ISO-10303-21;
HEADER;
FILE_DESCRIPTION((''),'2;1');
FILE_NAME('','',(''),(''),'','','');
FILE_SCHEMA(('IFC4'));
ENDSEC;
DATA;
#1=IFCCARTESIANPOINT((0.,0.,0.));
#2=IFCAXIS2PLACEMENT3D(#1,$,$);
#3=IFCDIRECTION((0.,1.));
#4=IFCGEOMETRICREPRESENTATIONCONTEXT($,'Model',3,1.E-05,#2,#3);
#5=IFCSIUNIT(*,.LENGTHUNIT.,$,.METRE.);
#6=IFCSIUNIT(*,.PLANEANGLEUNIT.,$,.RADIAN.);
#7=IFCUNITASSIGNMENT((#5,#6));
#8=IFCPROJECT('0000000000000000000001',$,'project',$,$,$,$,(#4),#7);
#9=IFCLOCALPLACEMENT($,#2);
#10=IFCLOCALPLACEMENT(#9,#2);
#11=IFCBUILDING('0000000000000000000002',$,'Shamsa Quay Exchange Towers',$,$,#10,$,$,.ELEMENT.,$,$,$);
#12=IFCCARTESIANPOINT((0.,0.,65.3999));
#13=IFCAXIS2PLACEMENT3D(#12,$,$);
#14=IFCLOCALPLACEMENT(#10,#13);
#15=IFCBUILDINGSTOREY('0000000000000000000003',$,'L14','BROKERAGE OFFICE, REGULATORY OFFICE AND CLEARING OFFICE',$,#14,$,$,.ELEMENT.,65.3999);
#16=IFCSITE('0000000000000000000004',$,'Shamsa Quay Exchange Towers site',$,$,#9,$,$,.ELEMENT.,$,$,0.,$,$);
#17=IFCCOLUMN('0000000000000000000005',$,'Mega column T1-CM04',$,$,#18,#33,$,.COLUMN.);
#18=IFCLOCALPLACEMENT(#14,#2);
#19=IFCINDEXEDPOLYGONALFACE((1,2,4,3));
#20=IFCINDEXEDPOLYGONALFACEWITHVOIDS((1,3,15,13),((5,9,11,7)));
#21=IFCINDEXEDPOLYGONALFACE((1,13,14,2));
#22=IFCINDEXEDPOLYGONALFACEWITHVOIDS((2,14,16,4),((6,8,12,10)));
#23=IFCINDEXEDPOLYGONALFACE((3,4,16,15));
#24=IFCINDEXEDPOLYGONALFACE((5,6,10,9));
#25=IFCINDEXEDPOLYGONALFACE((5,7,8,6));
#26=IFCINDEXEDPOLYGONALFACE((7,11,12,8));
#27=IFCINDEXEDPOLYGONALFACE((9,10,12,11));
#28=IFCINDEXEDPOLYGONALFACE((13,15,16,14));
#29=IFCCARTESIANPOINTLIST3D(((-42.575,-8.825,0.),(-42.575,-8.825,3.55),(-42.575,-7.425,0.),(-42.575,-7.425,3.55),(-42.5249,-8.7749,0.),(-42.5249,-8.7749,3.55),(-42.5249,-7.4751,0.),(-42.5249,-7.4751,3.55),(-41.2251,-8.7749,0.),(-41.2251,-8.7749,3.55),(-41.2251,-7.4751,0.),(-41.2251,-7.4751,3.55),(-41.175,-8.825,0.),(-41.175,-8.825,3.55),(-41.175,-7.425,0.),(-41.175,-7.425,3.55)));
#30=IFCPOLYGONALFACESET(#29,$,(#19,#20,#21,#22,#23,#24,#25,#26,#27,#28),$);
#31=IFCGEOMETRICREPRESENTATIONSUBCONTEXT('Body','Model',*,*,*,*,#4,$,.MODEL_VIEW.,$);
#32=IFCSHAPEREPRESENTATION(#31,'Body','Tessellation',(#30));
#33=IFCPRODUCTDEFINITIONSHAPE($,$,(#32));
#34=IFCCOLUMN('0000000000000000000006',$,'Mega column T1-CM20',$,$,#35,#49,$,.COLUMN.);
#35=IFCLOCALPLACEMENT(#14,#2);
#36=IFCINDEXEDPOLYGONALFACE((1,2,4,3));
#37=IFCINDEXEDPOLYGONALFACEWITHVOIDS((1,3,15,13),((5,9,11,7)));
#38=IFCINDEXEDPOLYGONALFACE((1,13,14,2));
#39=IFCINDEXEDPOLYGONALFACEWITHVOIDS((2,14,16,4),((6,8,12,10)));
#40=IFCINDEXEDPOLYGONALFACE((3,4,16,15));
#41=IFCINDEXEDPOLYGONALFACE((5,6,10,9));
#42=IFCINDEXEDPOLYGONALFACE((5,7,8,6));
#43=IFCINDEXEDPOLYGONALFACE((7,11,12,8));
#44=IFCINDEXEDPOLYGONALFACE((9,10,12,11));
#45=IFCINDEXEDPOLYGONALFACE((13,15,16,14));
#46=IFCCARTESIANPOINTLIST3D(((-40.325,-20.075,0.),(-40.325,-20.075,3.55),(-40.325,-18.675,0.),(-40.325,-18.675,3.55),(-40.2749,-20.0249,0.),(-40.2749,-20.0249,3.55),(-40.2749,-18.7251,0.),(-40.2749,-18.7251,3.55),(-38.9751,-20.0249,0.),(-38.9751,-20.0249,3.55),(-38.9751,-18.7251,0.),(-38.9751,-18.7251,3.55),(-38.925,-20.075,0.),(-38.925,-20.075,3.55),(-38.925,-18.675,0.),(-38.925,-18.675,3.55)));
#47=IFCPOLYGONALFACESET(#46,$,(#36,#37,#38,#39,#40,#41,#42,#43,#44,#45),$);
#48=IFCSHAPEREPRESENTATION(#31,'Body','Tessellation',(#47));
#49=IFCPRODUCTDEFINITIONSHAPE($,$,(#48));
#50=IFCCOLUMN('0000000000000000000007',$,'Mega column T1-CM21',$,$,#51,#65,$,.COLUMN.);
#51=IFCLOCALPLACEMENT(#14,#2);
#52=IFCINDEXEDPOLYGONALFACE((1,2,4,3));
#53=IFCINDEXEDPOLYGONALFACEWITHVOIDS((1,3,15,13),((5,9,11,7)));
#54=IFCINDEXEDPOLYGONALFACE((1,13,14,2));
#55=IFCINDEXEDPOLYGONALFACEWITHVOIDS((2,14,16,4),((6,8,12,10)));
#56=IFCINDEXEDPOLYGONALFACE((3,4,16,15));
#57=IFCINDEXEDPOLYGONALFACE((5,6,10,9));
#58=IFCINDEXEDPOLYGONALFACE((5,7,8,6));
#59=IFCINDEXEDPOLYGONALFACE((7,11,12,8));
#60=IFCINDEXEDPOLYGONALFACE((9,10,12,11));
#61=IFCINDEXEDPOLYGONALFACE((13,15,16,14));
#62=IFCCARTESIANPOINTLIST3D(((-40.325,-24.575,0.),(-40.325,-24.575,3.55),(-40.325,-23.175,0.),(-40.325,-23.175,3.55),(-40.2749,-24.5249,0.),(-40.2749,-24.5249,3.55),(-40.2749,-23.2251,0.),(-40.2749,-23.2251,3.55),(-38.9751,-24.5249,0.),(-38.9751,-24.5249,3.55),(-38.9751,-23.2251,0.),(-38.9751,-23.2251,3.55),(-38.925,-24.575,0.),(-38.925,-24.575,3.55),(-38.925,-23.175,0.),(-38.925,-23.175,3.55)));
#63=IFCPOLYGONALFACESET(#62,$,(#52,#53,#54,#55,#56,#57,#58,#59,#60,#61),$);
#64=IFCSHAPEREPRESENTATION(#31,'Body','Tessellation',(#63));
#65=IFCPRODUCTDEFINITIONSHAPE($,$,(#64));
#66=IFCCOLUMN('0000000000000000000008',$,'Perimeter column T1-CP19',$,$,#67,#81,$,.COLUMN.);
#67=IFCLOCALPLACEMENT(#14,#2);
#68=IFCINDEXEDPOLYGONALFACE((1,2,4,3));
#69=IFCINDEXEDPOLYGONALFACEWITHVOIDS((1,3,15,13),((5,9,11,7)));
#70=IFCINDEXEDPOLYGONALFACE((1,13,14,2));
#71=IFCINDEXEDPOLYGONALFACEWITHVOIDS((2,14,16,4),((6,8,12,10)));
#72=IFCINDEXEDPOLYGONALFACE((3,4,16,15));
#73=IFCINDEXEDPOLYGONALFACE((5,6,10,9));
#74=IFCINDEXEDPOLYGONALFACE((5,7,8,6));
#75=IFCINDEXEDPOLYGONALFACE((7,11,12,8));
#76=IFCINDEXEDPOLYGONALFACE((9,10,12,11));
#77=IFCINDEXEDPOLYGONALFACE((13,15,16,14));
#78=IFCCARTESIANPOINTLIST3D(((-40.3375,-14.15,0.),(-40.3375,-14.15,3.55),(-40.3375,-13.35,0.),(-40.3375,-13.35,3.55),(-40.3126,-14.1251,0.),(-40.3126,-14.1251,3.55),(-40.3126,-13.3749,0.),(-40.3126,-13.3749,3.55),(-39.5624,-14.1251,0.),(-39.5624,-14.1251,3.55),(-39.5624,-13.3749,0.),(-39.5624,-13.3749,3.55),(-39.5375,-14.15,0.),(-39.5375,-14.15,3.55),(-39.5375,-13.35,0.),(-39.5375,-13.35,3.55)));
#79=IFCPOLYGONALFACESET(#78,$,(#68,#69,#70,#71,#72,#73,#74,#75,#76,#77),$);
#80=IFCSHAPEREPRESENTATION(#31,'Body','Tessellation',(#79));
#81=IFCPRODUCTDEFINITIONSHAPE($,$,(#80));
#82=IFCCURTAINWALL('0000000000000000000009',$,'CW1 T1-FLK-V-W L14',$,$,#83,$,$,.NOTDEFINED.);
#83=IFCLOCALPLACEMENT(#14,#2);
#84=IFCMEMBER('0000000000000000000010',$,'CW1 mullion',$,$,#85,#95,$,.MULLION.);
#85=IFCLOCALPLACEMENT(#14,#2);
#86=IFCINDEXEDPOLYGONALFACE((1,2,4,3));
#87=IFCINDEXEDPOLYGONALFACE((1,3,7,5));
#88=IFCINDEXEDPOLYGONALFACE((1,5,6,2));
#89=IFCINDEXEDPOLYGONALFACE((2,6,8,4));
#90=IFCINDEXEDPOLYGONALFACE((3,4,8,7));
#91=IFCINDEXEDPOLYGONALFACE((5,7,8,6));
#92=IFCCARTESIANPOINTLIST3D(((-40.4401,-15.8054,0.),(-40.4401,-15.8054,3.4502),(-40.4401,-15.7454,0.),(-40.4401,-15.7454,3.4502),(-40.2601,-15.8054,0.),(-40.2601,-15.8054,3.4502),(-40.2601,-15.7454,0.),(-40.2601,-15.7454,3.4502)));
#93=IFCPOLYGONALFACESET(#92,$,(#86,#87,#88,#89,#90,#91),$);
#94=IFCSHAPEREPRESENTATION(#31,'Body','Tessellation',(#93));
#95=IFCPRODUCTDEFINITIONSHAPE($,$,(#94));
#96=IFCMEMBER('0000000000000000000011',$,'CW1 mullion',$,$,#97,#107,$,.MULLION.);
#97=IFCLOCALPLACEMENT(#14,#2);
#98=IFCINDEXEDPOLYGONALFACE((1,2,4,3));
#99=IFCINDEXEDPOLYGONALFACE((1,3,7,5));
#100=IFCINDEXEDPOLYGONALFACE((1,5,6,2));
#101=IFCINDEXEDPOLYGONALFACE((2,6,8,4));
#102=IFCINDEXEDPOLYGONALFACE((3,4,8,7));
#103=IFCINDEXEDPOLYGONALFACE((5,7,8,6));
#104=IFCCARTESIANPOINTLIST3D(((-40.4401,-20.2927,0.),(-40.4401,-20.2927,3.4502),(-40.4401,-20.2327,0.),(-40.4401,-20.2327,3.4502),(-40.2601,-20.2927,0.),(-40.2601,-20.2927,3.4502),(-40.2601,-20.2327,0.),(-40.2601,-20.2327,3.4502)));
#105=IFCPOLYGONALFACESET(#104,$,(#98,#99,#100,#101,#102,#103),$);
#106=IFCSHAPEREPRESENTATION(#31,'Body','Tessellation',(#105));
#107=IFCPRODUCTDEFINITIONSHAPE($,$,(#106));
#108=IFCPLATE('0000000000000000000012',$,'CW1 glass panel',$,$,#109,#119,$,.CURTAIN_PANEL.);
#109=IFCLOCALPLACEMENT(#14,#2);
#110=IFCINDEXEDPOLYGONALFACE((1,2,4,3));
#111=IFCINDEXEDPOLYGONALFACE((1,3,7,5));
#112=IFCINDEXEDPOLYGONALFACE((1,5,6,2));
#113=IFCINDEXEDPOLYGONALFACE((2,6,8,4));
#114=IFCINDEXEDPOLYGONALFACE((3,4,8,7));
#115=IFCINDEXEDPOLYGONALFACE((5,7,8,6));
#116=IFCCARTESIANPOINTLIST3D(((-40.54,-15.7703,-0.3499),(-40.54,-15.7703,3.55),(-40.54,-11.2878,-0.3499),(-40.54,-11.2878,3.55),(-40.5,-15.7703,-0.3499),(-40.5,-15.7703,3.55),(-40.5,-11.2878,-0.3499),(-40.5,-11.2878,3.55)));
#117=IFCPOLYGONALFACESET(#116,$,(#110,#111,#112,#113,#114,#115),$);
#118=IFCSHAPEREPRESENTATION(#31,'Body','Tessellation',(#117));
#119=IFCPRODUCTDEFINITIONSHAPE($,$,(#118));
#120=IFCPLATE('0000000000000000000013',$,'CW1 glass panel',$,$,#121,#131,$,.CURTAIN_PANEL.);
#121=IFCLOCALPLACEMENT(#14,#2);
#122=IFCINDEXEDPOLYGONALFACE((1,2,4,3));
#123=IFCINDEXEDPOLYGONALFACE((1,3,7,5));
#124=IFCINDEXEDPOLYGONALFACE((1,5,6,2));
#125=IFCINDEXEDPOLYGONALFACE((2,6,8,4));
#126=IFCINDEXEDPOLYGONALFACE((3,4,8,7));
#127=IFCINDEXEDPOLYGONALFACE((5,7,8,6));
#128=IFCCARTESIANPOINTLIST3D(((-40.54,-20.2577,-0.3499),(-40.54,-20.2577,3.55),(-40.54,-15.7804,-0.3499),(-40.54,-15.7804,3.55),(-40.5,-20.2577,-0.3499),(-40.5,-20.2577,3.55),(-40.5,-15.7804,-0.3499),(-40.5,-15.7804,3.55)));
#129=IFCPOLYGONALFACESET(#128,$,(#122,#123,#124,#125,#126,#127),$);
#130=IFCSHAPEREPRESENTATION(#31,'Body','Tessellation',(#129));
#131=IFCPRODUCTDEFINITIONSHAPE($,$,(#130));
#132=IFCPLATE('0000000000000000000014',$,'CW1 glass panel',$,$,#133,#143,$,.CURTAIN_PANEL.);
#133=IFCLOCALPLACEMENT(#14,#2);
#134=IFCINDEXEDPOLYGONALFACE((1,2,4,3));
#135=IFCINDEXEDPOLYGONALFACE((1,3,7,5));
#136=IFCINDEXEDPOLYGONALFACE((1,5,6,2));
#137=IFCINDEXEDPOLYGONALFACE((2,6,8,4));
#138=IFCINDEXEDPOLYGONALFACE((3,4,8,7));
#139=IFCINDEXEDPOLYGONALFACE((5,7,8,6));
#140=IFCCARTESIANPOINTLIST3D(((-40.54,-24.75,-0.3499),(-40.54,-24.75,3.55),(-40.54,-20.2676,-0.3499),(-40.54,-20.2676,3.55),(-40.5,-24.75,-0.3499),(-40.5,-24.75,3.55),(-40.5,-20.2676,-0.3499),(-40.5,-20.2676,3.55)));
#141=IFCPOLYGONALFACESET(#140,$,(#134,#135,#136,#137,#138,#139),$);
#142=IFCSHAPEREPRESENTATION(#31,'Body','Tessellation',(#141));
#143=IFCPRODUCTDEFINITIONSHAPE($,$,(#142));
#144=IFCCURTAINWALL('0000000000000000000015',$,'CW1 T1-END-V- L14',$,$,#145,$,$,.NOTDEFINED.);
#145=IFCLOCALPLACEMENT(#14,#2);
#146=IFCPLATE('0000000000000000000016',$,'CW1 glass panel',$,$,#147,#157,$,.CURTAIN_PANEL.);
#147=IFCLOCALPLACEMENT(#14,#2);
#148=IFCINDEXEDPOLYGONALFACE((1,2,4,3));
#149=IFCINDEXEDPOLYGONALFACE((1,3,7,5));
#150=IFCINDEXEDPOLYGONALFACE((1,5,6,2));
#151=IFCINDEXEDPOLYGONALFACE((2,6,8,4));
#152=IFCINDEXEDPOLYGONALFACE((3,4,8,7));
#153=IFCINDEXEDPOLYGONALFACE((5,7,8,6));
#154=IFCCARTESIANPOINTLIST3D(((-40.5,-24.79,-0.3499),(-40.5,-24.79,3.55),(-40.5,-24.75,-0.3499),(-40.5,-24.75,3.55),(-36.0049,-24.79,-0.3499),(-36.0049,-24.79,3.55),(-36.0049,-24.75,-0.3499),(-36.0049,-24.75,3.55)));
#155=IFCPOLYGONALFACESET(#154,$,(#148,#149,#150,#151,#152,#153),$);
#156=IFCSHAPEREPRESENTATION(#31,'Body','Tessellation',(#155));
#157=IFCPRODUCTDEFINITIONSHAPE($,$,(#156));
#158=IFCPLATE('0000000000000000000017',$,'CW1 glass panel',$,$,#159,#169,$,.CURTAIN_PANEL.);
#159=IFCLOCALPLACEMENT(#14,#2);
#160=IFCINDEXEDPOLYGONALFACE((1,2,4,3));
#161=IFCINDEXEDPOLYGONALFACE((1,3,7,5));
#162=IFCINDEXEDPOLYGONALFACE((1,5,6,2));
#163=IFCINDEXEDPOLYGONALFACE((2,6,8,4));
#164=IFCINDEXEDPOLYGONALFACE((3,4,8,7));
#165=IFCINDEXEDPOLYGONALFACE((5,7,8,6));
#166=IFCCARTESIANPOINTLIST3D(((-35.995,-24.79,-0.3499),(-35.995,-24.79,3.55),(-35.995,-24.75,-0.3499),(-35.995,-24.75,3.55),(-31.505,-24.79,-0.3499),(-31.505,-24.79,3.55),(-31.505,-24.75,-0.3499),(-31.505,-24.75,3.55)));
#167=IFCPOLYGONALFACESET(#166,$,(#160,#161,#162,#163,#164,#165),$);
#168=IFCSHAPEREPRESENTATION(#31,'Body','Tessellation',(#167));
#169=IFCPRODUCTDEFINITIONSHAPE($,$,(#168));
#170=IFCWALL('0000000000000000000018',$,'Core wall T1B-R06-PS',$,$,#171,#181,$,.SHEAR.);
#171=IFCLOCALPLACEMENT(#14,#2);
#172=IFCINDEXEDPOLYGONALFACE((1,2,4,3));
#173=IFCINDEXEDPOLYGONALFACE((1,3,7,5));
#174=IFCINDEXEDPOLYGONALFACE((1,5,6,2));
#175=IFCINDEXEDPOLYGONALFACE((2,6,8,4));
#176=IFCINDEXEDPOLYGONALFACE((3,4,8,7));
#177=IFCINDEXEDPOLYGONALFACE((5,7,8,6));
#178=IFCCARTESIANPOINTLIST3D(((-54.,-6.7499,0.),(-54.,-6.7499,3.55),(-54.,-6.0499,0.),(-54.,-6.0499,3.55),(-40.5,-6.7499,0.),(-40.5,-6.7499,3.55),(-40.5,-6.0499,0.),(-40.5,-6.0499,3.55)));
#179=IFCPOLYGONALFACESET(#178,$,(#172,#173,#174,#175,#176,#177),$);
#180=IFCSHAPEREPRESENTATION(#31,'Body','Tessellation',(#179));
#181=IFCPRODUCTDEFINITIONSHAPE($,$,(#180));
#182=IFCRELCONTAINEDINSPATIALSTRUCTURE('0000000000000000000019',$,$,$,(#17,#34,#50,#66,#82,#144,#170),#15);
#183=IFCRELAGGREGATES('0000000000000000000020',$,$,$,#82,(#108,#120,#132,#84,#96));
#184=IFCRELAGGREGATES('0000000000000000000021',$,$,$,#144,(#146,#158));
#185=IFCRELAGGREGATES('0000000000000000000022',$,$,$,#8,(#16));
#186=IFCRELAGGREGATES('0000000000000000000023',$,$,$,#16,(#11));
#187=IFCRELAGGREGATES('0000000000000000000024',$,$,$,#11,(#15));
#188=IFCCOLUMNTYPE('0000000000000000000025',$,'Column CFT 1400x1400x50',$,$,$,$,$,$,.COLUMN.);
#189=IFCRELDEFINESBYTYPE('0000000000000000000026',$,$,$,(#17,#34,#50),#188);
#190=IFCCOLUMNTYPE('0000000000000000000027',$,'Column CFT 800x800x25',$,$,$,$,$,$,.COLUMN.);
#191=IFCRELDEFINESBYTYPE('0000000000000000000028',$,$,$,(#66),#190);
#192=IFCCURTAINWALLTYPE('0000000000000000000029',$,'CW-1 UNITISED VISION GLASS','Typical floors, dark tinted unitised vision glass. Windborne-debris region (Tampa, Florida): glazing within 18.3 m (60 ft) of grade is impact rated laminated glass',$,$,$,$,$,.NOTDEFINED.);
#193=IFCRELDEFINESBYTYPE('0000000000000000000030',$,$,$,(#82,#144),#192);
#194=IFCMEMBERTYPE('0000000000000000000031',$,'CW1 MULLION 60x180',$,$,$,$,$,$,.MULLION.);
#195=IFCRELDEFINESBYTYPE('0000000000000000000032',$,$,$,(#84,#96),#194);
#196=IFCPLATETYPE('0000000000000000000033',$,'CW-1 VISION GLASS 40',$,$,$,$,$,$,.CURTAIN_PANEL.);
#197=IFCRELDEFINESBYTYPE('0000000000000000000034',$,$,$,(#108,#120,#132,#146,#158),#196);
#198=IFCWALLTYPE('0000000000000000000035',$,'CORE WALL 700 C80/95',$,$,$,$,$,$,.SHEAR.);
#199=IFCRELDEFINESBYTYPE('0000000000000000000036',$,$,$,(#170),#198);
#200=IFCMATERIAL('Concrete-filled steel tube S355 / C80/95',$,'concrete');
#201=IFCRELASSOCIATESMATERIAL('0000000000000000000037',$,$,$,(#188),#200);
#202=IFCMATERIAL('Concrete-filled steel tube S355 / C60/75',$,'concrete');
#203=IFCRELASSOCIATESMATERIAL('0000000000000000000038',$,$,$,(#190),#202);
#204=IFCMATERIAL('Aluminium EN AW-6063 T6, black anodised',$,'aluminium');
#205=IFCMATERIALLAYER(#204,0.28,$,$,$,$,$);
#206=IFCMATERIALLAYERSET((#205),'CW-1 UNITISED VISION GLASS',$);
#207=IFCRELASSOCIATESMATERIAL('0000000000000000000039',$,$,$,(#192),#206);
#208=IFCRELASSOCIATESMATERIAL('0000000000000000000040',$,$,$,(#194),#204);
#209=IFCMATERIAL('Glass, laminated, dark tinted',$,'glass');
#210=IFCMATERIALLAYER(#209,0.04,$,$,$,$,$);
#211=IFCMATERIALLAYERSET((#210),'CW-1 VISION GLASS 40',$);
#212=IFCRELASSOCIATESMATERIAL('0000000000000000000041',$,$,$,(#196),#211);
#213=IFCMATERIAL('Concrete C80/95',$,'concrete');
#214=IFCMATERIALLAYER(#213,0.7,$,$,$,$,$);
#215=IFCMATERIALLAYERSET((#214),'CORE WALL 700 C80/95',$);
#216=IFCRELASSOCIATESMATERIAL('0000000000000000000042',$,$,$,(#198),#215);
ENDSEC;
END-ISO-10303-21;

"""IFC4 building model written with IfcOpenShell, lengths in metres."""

from ifc_helpers import new_model, si_unit, direction, frame, frame_2d, origin, origin_2d, place, context, subcontext, project, spatial, rectangle, hollow_rectangle, extrude, material, layer, layer_set, material_profile, profile_set, type_object, element, aggregate, save


model = new_model("IFC4")

# Units and contexts
model_context = context("Model", 3, precision=1e-05, world=origin(), true_north=direction((0.0, 1.0)))
body_context = subcontext(model_context, "Body", "Model", "MODEL_VIEW")
ifc_project = project(units=[si_unit("LENGTHUNIT", "METRE"), si_unit("PLANEANGLEUNIT", "RADIAN")], contexts=[model_context])

# Site, building, storey
site_placement = place(None, origin())
site = spatial("IfcSite", under=ifc_project, at=site_placement, Name="Shamsa Quay Exchange Towers site", CompositionType="ELEMENT", RefElevation=0.0)
building_placement = place(site_placement, origin())
building = spatial("IfcBuilding", under=site, at=building_placement, Name="Shamsa Quay Exchange Towers", CompositionType="ELEMENT")
storey_placement = place(building_placement, frame((0.0, 0.0, 65.3999)))
storey = spatial("IfcBuildingStorey", under=building, at=storey_placement, Name="L14", Description="BROKERAGE OFFICE, REGULATORY OFFICE AND CLEARING OFFICE", CompositionType="ELEMENT", Elevation=65.3999)

# Columns
ifc_material_1 = material(Name="Concrete-filled steel tube S355 / C80/95", Category="concrete")
ifc_material_profile_1 = material_profile(ifc_material_1, hollow_rectangle(XDim=1.3999, YDim=1.3999, WallThickness=0.05, at=origin_2d()), Name="CFT 1400x1400x50")
ifc_profile_set_1 = profile_set([ifc_material_profile_1], Name="Concrete-filled steel tube S355 / C80/95")
column_type_1 = type_object("IfcColumnType", Name="Column CFT 1400x1400x50", PredefinedType="COLUMN", material=ifc_profile_set_1)
for number, where, name in (
    (1, (-41.875, -8.125, 0.0), "Mega column T1-CM04"),
    (2, (-39.625, -19.375, 0.0), "Mega column T1-CM20"),
    (3, (-39.625, -23.875, 0.0), "Mega column T1-CM21"),
):
    element("IfcColumn", number, at=place(storey_placement, frame(where)), inside=storey, type_object=column_type_1, Name=name, PredefinedType="COLUMN", context=body_context, shape_type="SweptSolid", body=[
        extrude(hollow_rectangle(XDim=1.3999, YDim=1.3999, WallThickness=0.05, at=origin_2d()), origin(), (0.0, 0.0, 1.0), 3.55),
    ])
ifc_material_2 = material(Name="Concrete-filled steel tube S355 / C60/75", Category="concrete")
ifc_material_profile_2 = material_profile(ifc_material_2, hollow_rectangle(XDim=0.8, YDim=0.8, WallThickness=0.0249, at=origin_2d()), Name="CFT 800x800x25")
ifc_profile_set_2 = profile_set([ifc_material_profile_2], Name="Concrete-filled steel tube S355 / C60/75")
column_type_2 = type_object("IfcColumnType", Name="Column CFT 800x800x25", PredefinedType="COLUMN", material=ifc_profile_set_2)
column_placement = place(storey_placement, frame((-39.9375, -13.75, 0.0)))
element("IfcColumn", 4, at=column_placement, inside=storey, type_object=column_type_2, Name="Perimeter column T1-CP19", PredefinedType="COLUMN", context=body_context, shape_type="SweptSolid", body=[
    extrude(hollow_rectangle(XDim=0.8, YDim=0.8, WallThickness=0.0249, at=origin_2d()), origin(), (0.0, 0.0, 1.0), 3.55),
])

# Curtain wall, members, plates
ifc_material_3 = material(Name="Aluminium EN AW-6063 T6, black anodised", Category="aluminium")
ifc_layer_1 = layer(ifc_material_3, 0.28)
ifc_layer_set_1 = layer_set([ifc_layer_1], Name="CW-1 UNITISED VISION GLASS")
curtain_wall_type = type_object("IfcCurtainWallType", Name="CW-1 UNITISED VISION GLASS", Description="Typical floors, dark tinted unitised vision glass. Windborne-debris region (Tampa, Florida): glazing within 18.3 m (60 ft) of grade is impact rated laminated glass", PredefinedType="NOTDEFINED", material=ifc_layer_set_1)
curtain_wall_1_placement = place(storey_placement, origin())
curtain_wall_1 = element("IfcCurtainWall", 5, at=curtain_wall_1_placement, inside=storey, type_object=curtain_wall_type, Name="CW1 T1-FLK-V-W L14", PredefinedType="NOTDEFINED")
ifc_material_profile_3 = material_profile(ifc_material_3, rectangle(XDim=0.1799, YDim=0.0601, at=origin_2d()), Name="MU60x180")
ifc_profile_set_3 = profile_set([ifc_material_profile_3], Name="Aluminium EN AW-6063 T6, black anodised")
member_type = type_object("IfcMemberType", Name="CW1 MULLION 60x180", PredefinedType="MULLION", material=ifc_profile_set_3)
member_1_placement = place(storey_placement, frame((-40.3501, -15.7754, 0.0)))
member_1 = element("IfcMember", 6, at=member_1_placement, type_object=member_type, Name="CW1 mullion", PredefinedType="MULLION", context=body_context, shape_type="SweptSolid", body=[
    extrude(rectangle(XDim=0.1799, YDim=0.0601, at=origin_2d()), origin(), (0.0, 0.0, 1.0), 3.4502),
])
member_2_placement = place(storey_placement, frame((-40.3501, -20.2627, 0.0)))
member_2 = element("IfcMember", 7, at=member_2_placement, type_object=member_type, Name="CW1 mullion", PredefinedType="MULLION", context=body_context, shape_type="SweptSolid", body=[
    extrude(rectangle(XDim=0.1799, YDim=0.0601, at=origin_2d()), origin(), (0.0, 0.0, 1.0), 3.4502),
])
ifc_material_4 = material(Name="Glass, laminated, dark tinted", Category="glass")
ifc_layer_2 = layer(ifc_material_4, 0.04)
ifc_layer_set_2 = layer_set([ifc_layer_2], Name="CW-1 VISION GLASS 40")
plate_type = type_object("IfcPlateType", Name="CW-1 VISION GLASS 40", PredefinedType="CURTAIN_PANEL", material=ifc_layer_set_2)
plate_1_placement = place(storey_placement, frame((-40.52, -13.5291, -0.3499), z_axis=(0.0, 0.0, 1.0), x_axis=(0.0, -1.0, 0.0)))
plate_1 = element("IfcPlate", 8, at=plate_1_placement, type_object=plate_type, Name="CW1 glass panel", PredefinedType="CURTAIN_PANEL", context=body_context, shape_type="SweptSolid", body=[
    extrude(rectangle(XDim=4.4824, YDim=0.04, at=origin_2d()), origin(), (0.0, 0.0, 1.0), 3.8999),
])
plate_2_placement = place(storey_placement, frame((-40.52, -18.019, -0.3499), z_axis=(0.0, 0.0, 1.0), x_axis=(0.0, -1.0, 0.0)))
plate_2 = element("IfcPlate", 9, at=plate_2_placement, type_object=plate_type, Name="CW1 glass panel", PredefinedType="CURTAIN_PANEL", context=body_context, shape_type="SweptSolid", body=[
    extrude(rectangle(XDim=4.4773, YDim=0.04, at=origin_2d()), origin(), (0.0, 0.0, 1.0), 3.8999),
])
plate_3_placement = place(storey_placement, frame((-40.52, -22.5088, -0.3499), z_axis=(0.0, 0.0, 1.0), x_axis=(0.0, -1.0, 0.0)))
plate_3 = element("IfcPlate", 10, at=plate_3_placement, type_object=plate_type, Name="CW1 glass panel", PredefinedType="CURTAIN_PANEL", context=body_context, shape_type="SweptSolid", body=[
    extrude(rectangle(XDim=4.4824, YDim=0.04, at=origin_2d()), origin(), (0.0, 0.0, 1.0), 3.8999),
])
aggregate(curtain_wall_1, [plate_1, plate_2, plate_3, member_1, member_2])

# Curtain wall, plates
curtain_wall_2_placement = place(storey_placement, origin())
curtain_wall_2 = element("IfcCurtainWall", 11, at=curtain_wall_2_placement, inside=storey, type_object=curtain_wall_type, Name="CW1 T1-END-V- L14", PredefinedType="NOTDEFINED")
plate_4_placement = place(storey_placement, frame((-38.2524, -24.77, -0.3499)))
plate_4 = element("IfcPlate", 12, at=plate_4_placement, type_object=plate_type, Name="CW1 glass panel", PredefinedType="CURTAIN_PANEL", context=body_context, shape_type="SweptSolid", body=[
    extrude(rectangle(XDim=4.4951, YDim=0.04, at=origin_2d()), origin(), (0.0, 0.0, 1.0), 3.8999),
])
plate_5_placement = place(storey_placement, frame((-33.75, -24.77, -0.3499)))
plate_5 = element("IfcPlate", 13, at=plate_5_placement, type_object=plate_type, Name="CW1 glass panel", PredefinedType="CURTAIN_PANEL", context=body_context, shape_type="SweptSolid", body=[
    extrude(rectangle(XDim=4.49, YDim=0.04, at=origin_2d()), origin(), (0.0, 0.0, 1.0), 3.8999),
])
aggregate(curtain_wall_2, [plate_4, plate_5])

# Wall
ifc_material_5 = material(Name="Concrete C80/95", Category="concrete")
ifc_layer_3 = layer(ifc_material_5, 0.7)
ifc_layer_set_3 = layer_set([ifc_layer_3], Name="CORE WALL 700 C80/95")
wall_type_1 = type_object("IfcWallType", Name="CORE WALL 700 C80/95", PredefinedType="SHEAR", material=ifc_layer_set_3)
wall_1_placement = place(storey_placement, frame((-40.5, -6.3999, 0.0), z_axis=(0.0, 0.0, 1.0), x_axis=(-1.0, 0.0, 0.0)))
element("IfcWall", 14, at=wall_1_placement, inside=storey, type_object=wall_type_1, Name="Core wall T1B-R06-PS", PredefinedType="SHEAR", context=body_context, shape_type="SweptSolid", body=[
    extrude(rectangle(XDim=13.5, YDim=0.7, at=frame_2d((6.75, 0.0))), origin(), (0.0, 0.0, 1.0), 3.55),
])

save(model, "model.ifc")
